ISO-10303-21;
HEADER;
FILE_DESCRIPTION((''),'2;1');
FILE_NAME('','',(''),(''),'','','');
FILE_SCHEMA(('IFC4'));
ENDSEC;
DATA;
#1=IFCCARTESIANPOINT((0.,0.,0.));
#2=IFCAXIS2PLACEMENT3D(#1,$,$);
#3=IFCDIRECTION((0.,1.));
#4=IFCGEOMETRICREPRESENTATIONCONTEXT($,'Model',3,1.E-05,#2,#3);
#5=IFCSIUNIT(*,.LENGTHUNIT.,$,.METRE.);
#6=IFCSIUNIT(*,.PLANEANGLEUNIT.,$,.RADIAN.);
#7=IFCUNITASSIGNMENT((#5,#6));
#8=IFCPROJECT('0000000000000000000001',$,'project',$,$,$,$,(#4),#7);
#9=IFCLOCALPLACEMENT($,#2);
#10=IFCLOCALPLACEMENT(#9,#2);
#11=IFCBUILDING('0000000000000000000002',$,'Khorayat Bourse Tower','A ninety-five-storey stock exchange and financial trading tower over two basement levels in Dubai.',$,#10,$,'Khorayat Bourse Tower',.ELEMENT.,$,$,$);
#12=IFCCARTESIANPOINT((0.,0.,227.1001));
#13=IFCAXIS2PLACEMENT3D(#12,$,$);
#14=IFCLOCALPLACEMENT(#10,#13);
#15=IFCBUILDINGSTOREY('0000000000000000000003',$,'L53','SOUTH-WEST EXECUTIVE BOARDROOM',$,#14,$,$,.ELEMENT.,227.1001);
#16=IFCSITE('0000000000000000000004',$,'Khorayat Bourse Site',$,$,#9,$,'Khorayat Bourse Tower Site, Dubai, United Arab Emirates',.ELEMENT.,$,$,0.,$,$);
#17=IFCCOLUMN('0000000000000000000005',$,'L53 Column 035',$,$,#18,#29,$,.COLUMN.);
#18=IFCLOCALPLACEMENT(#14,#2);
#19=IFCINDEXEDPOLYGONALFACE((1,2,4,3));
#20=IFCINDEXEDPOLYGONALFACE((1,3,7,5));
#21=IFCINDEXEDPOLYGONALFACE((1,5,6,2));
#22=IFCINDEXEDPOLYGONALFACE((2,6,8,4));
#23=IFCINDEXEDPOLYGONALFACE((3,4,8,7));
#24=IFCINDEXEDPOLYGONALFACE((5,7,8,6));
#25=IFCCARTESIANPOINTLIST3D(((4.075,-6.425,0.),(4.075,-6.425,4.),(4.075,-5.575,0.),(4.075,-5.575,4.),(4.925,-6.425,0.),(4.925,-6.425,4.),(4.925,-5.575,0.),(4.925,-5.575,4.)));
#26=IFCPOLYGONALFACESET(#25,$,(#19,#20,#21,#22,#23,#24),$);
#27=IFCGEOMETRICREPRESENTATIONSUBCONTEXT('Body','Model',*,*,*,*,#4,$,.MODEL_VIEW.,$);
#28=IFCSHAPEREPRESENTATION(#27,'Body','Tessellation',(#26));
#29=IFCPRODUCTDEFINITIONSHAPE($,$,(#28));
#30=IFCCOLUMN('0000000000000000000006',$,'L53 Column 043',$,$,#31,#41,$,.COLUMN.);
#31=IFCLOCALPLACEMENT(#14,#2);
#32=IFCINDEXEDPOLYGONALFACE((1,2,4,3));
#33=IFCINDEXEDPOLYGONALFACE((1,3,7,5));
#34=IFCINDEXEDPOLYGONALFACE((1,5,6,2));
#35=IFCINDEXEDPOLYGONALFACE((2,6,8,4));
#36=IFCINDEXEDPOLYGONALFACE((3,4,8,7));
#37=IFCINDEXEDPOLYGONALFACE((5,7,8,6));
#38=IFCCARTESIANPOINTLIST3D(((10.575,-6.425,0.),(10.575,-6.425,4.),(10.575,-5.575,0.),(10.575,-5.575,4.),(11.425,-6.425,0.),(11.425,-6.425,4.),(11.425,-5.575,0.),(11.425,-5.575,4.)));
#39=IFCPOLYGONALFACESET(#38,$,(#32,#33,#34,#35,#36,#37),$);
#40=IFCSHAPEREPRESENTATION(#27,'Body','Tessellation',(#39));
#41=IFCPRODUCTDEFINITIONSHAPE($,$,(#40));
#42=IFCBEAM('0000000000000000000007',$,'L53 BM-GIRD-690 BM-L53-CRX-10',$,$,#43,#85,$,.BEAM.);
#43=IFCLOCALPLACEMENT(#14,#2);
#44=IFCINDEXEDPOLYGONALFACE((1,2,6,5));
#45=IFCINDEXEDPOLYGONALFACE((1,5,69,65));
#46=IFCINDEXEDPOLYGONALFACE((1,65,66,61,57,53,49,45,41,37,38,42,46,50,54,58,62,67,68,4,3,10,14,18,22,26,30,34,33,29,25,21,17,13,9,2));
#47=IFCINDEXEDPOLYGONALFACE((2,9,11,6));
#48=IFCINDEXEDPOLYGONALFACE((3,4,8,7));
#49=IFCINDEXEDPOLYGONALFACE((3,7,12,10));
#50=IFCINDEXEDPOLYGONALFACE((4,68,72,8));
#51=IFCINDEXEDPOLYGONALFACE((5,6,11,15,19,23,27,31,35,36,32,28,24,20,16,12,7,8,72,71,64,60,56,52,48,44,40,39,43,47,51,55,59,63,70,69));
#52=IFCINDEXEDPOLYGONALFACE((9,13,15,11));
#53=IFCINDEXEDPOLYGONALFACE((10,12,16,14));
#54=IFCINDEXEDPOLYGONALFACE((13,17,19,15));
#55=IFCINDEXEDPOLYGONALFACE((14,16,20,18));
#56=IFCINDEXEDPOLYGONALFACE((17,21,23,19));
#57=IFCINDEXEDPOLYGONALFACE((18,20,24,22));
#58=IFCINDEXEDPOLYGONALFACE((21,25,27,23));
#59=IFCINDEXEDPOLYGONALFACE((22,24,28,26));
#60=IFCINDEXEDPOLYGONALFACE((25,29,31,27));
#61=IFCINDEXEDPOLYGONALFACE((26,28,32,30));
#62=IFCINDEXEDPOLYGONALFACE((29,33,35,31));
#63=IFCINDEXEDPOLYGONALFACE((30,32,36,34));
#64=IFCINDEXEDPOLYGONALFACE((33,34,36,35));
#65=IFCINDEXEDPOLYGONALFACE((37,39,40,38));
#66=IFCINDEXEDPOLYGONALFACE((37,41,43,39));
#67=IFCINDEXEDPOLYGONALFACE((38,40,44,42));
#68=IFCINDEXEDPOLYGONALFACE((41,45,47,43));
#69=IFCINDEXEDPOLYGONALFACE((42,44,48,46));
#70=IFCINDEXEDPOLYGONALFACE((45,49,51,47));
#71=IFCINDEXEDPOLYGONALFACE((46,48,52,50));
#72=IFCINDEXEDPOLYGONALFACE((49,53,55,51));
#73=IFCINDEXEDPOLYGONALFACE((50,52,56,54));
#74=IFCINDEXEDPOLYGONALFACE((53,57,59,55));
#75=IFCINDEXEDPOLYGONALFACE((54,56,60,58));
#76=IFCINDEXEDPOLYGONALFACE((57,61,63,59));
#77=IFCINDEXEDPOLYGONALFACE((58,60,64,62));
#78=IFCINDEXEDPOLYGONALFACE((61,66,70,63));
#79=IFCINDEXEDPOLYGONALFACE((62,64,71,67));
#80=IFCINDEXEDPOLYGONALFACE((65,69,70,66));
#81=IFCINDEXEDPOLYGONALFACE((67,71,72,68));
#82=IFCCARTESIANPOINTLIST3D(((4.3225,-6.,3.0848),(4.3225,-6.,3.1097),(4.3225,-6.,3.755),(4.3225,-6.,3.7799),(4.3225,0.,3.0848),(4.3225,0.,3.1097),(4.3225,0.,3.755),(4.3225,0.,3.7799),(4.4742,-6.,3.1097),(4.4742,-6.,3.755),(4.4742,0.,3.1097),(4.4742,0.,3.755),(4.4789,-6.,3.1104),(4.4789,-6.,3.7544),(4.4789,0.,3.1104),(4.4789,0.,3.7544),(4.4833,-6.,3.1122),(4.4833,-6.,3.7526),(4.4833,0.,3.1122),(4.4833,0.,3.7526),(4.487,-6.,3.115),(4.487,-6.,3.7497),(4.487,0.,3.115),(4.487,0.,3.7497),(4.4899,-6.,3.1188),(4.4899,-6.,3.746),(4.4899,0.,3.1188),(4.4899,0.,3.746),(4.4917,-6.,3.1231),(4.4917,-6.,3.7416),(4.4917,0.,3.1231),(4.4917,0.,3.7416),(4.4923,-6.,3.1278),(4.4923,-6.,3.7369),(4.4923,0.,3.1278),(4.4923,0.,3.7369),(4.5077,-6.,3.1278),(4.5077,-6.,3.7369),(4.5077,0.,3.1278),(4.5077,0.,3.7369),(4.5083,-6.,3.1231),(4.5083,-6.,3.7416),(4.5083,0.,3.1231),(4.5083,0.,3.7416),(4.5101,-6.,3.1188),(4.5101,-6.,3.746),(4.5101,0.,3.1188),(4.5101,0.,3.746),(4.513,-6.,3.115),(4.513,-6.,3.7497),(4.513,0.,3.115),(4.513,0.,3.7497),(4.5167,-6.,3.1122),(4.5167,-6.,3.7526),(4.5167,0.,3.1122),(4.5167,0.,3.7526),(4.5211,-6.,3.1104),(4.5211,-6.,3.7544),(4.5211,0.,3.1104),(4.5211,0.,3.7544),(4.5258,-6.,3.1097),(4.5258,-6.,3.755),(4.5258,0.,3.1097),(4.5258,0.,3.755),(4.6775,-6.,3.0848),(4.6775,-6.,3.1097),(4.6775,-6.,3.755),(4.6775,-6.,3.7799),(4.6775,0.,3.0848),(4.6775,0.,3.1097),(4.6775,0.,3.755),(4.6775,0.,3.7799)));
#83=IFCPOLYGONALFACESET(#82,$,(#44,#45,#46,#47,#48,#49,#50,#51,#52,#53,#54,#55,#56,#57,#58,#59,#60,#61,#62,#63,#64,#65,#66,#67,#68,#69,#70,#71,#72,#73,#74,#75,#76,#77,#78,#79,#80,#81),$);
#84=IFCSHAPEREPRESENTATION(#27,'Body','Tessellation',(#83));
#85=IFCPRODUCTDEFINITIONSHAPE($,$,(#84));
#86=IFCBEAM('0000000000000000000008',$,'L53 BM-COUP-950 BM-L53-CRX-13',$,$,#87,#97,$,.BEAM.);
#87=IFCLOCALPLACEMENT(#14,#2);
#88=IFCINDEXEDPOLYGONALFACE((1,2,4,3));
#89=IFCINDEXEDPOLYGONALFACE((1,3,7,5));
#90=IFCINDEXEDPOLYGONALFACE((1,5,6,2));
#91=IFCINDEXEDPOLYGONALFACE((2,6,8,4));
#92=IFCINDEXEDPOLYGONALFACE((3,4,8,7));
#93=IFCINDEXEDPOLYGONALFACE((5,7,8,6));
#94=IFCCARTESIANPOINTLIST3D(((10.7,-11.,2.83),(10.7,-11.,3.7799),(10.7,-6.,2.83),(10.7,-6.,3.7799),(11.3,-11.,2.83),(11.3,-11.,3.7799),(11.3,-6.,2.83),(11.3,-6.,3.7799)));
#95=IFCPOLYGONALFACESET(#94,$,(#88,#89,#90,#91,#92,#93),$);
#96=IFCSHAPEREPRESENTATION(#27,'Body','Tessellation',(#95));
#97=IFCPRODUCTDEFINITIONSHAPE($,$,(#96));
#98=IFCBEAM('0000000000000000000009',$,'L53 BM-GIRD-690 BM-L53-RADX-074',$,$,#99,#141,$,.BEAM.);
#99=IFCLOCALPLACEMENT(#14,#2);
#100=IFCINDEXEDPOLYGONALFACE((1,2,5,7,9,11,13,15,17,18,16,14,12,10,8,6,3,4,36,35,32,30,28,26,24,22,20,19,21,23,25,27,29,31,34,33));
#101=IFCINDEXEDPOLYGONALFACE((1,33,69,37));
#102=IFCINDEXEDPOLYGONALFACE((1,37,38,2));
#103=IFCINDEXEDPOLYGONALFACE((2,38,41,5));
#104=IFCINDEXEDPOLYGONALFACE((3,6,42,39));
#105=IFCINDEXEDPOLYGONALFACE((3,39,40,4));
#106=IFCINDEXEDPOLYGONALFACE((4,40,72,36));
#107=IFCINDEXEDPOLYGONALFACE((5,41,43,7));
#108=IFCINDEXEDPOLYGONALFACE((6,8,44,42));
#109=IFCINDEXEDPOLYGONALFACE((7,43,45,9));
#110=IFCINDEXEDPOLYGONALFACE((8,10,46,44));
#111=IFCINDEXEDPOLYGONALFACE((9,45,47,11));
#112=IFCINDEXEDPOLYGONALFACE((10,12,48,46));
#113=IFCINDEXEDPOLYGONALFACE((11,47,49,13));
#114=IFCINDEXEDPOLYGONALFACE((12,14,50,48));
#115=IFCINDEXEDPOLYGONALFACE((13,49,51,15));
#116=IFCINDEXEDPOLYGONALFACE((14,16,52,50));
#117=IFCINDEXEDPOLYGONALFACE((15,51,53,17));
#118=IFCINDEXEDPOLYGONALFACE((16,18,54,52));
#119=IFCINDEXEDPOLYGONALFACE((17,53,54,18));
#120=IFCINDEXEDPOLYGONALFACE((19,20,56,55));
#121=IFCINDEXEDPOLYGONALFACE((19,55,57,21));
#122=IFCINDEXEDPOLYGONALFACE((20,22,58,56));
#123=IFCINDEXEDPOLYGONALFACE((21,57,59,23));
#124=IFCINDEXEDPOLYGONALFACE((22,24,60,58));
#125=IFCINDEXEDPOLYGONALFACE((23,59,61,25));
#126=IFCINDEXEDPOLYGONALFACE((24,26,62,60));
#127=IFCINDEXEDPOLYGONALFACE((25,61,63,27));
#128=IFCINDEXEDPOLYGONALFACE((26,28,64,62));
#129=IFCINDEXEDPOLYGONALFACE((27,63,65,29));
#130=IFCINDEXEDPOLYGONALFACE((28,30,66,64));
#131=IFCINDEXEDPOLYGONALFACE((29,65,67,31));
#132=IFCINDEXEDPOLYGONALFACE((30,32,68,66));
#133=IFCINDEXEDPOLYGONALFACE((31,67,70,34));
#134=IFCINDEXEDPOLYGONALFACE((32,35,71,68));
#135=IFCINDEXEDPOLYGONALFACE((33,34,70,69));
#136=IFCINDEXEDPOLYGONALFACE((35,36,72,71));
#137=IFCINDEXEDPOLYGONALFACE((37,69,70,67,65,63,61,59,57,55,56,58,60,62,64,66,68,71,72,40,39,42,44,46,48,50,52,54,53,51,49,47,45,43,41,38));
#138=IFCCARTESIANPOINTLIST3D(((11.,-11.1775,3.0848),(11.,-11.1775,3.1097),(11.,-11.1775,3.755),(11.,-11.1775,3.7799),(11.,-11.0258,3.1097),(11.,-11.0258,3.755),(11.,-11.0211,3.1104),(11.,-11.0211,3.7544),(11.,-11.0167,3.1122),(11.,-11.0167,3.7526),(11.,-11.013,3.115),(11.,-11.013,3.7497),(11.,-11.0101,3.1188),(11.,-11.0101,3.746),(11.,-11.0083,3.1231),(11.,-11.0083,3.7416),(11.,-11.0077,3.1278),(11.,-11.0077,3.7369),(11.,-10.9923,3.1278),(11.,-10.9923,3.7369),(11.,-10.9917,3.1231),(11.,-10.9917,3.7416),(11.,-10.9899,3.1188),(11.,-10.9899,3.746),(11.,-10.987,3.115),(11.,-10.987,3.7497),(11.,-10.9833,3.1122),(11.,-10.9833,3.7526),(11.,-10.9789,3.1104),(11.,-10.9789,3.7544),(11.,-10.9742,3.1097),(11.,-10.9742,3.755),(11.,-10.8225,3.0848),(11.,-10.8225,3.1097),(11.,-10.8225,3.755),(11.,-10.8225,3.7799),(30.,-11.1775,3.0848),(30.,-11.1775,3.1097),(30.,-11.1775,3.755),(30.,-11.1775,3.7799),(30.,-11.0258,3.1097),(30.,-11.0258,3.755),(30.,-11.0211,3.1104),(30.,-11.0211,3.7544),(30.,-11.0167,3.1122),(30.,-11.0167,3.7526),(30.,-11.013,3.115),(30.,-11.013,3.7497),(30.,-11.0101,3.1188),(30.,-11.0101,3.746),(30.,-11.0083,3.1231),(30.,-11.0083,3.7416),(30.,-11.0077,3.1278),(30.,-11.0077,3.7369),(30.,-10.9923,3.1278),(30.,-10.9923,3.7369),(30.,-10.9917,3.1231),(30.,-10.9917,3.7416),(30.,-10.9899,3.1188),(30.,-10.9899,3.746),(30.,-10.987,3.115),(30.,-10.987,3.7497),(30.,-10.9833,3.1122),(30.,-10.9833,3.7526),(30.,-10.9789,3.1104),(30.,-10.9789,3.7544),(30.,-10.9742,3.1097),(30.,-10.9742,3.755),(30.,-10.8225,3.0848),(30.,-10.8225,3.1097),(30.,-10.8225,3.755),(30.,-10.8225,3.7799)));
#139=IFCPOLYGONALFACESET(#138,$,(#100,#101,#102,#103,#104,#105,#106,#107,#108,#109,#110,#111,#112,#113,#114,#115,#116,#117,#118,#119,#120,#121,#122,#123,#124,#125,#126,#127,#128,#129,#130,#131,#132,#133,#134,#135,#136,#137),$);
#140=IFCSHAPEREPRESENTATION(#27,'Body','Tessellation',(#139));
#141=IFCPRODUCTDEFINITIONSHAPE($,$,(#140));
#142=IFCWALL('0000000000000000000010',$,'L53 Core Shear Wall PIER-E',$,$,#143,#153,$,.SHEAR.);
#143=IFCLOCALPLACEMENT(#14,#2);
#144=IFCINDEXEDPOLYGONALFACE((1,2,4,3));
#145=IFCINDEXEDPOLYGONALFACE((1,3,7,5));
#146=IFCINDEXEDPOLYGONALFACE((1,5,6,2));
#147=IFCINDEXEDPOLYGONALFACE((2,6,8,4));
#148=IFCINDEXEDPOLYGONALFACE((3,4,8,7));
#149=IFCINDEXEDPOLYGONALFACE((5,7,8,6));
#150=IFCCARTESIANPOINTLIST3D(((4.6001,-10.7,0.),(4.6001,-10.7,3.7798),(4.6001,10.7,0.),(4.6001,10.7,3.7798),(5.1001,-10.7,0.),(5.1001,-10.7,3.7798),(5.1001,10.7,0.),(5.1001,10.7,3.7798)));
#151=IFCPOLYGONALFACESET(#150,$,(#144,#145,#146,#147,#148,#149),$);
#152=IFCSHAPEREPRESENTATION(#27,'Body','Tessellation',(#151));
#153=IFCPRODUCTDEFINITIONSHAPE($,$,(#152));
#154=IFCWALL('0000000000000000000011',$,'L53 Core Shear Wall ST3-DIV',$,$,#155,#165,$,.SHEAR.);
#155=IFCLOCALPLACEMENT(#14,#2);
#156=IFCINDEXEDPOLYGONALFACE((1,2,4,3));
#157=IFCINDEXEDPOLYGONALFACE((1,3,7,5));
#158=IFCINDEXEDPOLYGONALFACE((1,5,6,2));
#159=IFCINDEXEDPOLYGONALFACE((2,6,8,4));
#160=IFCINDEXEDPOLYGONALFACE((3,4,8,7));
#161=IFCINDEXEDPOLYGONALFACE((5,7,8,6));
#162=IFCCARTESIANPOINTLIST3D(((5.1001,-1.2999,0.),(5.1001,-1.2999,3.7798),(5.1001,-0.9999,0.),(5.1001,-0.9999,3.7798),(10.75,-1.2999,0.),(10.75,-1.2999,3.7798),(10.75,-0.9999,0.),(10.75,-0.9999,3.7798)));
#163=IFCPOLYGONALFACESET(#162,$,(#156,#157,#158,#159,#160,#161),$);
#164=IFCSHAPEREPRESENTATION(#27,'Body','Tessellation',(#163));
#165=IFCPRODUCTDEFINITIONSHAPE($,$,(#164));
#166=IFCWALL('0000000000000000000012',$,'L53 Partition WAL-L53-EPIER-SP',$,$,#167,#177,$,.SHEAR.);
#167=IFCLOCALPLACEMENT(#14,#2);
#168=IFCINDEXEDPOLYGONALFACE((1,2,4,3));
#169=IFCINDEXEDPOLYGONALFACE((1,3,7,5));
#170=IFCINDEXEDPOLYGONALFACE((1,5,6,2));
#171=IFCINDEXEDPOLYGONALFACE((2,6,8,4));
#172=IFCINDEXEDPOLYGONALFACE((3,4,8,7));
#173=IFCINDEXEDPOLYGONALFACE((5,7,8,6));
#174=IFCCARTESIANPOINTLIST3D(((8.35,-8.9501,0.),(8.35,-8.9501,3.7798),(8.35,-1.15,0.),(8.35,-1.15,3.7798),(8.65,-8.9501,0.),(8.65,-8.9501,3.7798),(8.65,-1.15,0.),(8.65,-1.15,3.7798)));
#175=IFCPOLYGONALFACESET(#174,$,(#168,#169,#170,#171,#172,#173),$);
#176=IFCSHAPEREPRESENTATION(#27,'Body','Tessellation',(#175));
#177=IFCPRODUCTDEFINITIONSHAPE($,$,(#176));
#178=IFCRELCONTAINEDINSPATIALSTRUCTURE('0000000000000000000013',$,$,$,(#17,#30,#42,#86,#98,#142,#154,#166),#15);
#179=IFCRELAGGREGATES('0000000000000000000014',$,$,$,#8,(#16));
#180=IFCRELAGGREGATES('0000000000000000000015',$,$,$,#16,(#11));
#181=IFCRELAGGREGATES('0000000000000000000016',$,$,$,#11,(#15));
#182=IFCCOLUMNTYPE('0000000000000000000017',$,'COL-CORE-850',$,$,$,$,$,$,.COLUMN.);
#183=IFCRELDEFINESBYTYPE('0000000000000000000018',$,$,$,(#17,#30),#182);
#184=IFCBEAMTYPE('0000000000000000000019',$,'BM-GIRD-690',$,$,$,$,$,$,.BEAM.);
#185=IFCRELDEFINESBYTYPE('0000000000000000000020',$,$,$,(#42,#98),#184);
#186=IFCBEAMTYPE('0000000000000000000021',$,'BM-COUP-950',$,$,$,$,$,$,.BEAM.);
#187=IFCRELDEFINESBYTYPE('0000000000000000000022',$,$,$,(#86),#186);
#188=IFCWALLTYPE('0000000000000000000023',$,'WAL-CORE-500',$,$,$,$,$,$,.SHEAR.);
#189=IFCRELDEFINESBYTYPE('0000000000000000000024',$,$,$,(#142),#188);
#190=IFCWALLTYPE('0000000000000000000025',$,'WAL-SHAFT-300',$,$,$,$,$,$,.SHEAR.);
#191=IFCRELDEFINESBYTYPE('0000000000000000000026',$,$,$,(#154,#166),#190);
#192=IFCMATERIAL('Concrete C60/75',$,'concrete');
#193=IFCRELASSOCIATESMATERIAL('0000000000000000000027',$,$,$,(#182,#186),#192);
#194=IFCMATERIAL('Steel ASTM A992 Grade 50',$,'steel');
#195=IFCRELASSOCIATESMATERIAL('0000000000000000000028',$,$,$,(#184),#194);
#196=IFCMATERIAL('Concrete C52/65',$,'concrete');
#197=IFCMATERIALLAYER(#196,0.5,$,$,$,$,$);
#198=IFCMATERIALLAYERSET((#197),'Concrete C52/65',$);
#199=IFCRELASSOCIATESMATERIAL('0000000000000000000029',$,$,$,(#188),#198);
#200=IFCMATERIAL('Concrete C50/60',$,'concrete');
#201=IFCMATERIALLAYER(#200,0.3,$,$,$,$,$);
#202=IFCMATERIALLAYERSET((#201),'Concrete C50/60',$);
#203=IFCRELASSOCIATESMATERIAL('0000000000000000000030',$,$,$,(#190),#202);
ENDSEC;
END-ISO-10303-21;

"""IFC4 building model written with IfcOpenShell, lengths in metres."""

from ifc_helpers import new_model, si_unit, direction, frame, frame_2d, origin, origin_2d, place, context, subcontext, project, spatial, rectangle, i_section, extrude, source, transform, mapped, material, layer, layer_set, material_profile, profile_set, type_object, element, save


model = new_model("IFC4")

# Units and contexts
model_context = context("Model", 3, precision=1e-05, world=origin(), true_north=direction((0.0, 1.0)))
body_context = subcontext(model_context, "Body", "Model", "MODEL_VIEW")
ifc_project = project(units=[si_unit("LENGTHUNIT", "METRE"), si_unit("PLANEANGLEUNIT", "RADIAN")], contexts=[model_context])

# Site, building, storey
site_placement = place(None, origin())
site = spatial("IfcSite", under=ifc_project, at=site_placement, Name="Khorayat Bourse Site", LongName="Khorayat Bourse Tower Site, Dubai, United Arab Emirates", CompositionType="ELEMENT", RefElevation=0.0)
building_placement = place(site_placement, origin())
building = spatial("IfcBuilding", under=site, at=building_placement, Name="Khorayat Bourse Tower", Description="A ninety-five-storey stock exchange and financial trading tower over two basement levels in Dubai.", LongName="Khorayat Bourse Tower", CompositionType="ELEMENT")
storey_placement = place(building_placement, frame((0.0, 0.0, 227.1001)))
storey = spatial("IfcBuildingStorey", under=building, at=storey_placement, Name="L53", Description="SOUTH-WEST EXECUTIVE BOARDROOM", CompositionType="ELEMENT", Elevation=227.1001)

# Columns
ifc_material_1 = material(Name="Concrete C60/75", Category="concrete")
ifc_material_profile_1 = material_profile(ifc_material_1, rectangle(XDim=0.8501, YDim=0.8501, at=origin_2d()), Name="RC 850x850")
ifc_profile_set_1 = profile_set([ifc_material_profile_1], Name="Concrete C60/75")
column_type = type_object("IfcColumnType", Name="COL-CORE-850", PredefinedType="COLUMN", material=ifc_profile_set_1)
shared_shape_1 = source(origin(), body_context, "Body", "SweptSolid", [
    extrude(rectangle(XDim=0.8501, YDim=0.8501, at=origin_2d()), origin(), (0.0, 0.0, 1.0), 4.0),
])
for number, where, z_axis, x_axis, name in (
    (1, (4.5, -6.0, 0.0), (0.0, 0.0, 1.0), (1.0, 0.0, 0.0), "L53 Column 035"),
    (2, (11.0, -6.0, 0.0), (0.0, 0.0, 1.0), (1.0, 0.0, 0.0), "L53 Column 043"),
):
    element("IfcColumn", number, at=place(storey_placement, frame(where, z_axis=z_axis, x_axis=x_axis)), inside=storey, type_object=column_type, Name=name, PredefinedType="COLUMN", context=body_context, shape_type="MappedRepresentation", body=[
        mapped(shared_shape_1, transform((0.0, 0.0, 0.0), scale=1.0)),
    ])

# Beams
ifc_material_2 = material(Name="Steel ASTM A992 Grade 50", Category="steel")
ifc_material_profile_2 = material_profile(ifc_material_2, i_section(OverallWidth=0.355, OverallDepth=0.6951, WebThickness=0.0154, FlangeThickness=0.0249, FilletRadius=0.0181, at=origin_2d()), Name="W690X217")
ifc_profile_set_2 = profile_set([ifc_material_profile_2], Name="Steel ASTM A992 Grade 50")
beam_type_1 = type_object("IfcBeamType", Name="BM-GIRD-690", PredefinedType="BEAM", material=ifc_profile_set_2)
shared_shape_2 = source(origin(), body_context, "Body", "SweptSolid", [
    extrude(i_section(OverallWidth=0.355, OverallDepth=0.6951, WebThickness=0.0154, FlangeThickness=0.0249, FilletRadius=0.0181, at=origin_2d()), origin(), (0.0, 0.0, 1.0), 6.0),
])
beam_1_placement = place(storey_placement, frame((4.5, -6.0, 3.4324), z_axis=(0.0, 1.0, 0.0), x_axis=(-1.0, 0.0, 0.0)))
element("IfcBeam", 3, at=beam_1_placement, inside=storey, type_object=beam_type_1, Name="L53 BM-GIRD-690 BM-L53-CRX-10", PredefinedType="BEAM", context=body_context, shape_type="MappedRepresentation", body=[
    mapped(shared_shape_2, transform((0.0, 0.0, 0.0), scale=1.0)),
])
ifc_material_profile_3 = material_profile(ifc_material_1, rectangle(XDim=0.6001, YDim=0.95, at=origin_2d()), Name="RC 600x950")
ifc_profile_set_3 = profile_set([ifc_material_profile_3], Name="Concrete C60/75")
beam_type_2 = type_object("IfcBeamType", Name="BM-COUP-950", PredefinedType="BEAM", material=ifc_profile_set_3)
shared_shape_3 = source(origin(), body_context, "Body", "SweptSolid", [
    extrude(rectangle(XDim=0.6001, YDim=0.95, at=origin_2d()), origin(), (0.0, 0.0, 1.0), 5.0),
])
beam_2_placement = place(storey_placement, frame((11.0, -11.0, 3.3049), z_axis=(0.0, 1.0, 0.0), x_axis=(-1.0, 0.0, 0.0)))
element("IfcBeam", 4, at=beam_2_placement, inside=storey, type_object=beam_type_2, Name="L53 BM-COUP-950 BM-L53-CRX-13", PredefinedType="BEAM", context=body_context, shape_type="MappedRepresentation", body=[
    mapped(shared_shape_3, transform((0.0, 0.0, 0.0), scale=1.0)),
])
shared_shape_4 = source(origin(), body_context, "Body", "SweptSolid", [
    extrude(i_section(OverallWidth=0.355, OverallDepth=0.6951, WebThickness=0.0154, FlangeThickness=0.0249, FilletRadius=0.0181, at=origin_2d()), origin(), (0.0, 0.0, 1.0), 19.0),
])
beam_3_placement = place(storey_placement, frame((11.0, -11.0, 3.4324), z_axis=(1.0, 0.0, 0.0), x_axis=(0.0, 1.0, 0.0)))
element("IfcBeam", 5, at=beam_3_placement, inside=storey, type_object=beam_type_1, Name="L53 BM-GIRD-690 BM-L53-RADX-074", PredefinedType="BEAM", context=body_context, shape_type="MappedRepresentation", body=[
    mapped(shared_shape_4, transform((0.0, 0.0, 0.0), scale=1.0)),
])

# Walls
ifc_material_3 = material(Name="Concrete C52/65", Category="concrete")
ifc_layer_1 = layer(ifc_material_3, 0.5)
ifc_layer_set_1 = layer_set([ifc_layer_1], Name="Concrete C52/65")
wall_type_1 = type_object("IfcWallType", Name="WAL-CORE-500", PredefinedType="SHEAR", material=ifc_layer_set_1)
shared_shape_5 = source(origin(), body_context, "Body", "SweptSolid", [
    extrude(rectangle(XDim=21.3999, YDim=0.5, at=frame_2d((10.7, 0.0))), origin(), (0.0, 0.0, 1.0), 3.7798),
])
wall_1_placement = place(storey_placement, frame((4.8501, -10.7, 0.0), z_axis=(0.0, 0.0, 1.0), x_axis=(0.0, 1.0, 0.0)))
element("IfcWall", 6, at=wall_1_placement, inside=storey, type_object=wall_type_1, Name="L53 Core Shear Wall PIER-E", PredefinedType="SHEAR", context=body_context, shape_type="MappedRepresentation", body=[
    mapped(shared_shape_5, transform((0.0, 0.0, 0.0), scale=1.0)),
])
ifc_material_4 = material(Name="Concrete C50/60", Category="concrete")
ifc_layer_2 = layer(ifc_material_4, 0.3)
ifc_layer_set_2 = layer_set([ifc_layer_2], Name="Concrete C50/60")
wall_type_2 = type_object("IfcWallType", Name="WAL-SHAFT-300", PredefinedType="SHEAR", material=ifc_layer_set_2)
shared_shape_6 = source(origin(), body_context, "Body", "SweptSolid", [
    extrude(rectangle(XDim=5.6499, YDim=0.3, at=frame_2d((2.825, 0.0))), origin(), (0.0, 0.0, 1.0), 3.7798),
])
wall_2_placement = place(storey_placement, frame((5.1001, -1.1499, 0.0), z_axis=(0.0, 0.0, 1.0), x_axis=(1.0, 0.0, 0.0)))
element("IfcWall", 7, at=wall_2_placement, inside=storey, type_object=wall_type_2, Name="L53 Core Shear Wall ST3-DIV", PredefinedType="SHEAR", context=body_context, shape_type="MappedRepresentation", body=[
    mapped(shared_shape_6, transform((0.0, 0.0, 0.0), scale=1.0)),
])
shared_shape_7 = source(origin(), body_context, "Body", "SweptSolid", [
    extrude(rectangle(XDim=7.8, YDim=0.3, at=frame_2d((3.8999, 0.0))), origin(), (0.0, 0.0, 1.0), 3.7798),
])
wall_3_placement = place(storey_placement, frame((8.5, -8.95, 0.0), z_axis=(0.0, 0.0, 1.0), x_axis=(0.0, 1.0, 0.0)))
element("IfcWall", 8, at=wall_3_placement, inside=storey, type_object=wall_type_2, Name="L53 Partition WAL-L53-EPIER-SP", PredefinedType="SHEAR", context=body_context, shape_type="MappedRepresentation", body=[
    mapped(shared_shape_7, transform((0.0, 0.0, 0.0), scale=1.0)),
])

save(model, "model.ifc")
